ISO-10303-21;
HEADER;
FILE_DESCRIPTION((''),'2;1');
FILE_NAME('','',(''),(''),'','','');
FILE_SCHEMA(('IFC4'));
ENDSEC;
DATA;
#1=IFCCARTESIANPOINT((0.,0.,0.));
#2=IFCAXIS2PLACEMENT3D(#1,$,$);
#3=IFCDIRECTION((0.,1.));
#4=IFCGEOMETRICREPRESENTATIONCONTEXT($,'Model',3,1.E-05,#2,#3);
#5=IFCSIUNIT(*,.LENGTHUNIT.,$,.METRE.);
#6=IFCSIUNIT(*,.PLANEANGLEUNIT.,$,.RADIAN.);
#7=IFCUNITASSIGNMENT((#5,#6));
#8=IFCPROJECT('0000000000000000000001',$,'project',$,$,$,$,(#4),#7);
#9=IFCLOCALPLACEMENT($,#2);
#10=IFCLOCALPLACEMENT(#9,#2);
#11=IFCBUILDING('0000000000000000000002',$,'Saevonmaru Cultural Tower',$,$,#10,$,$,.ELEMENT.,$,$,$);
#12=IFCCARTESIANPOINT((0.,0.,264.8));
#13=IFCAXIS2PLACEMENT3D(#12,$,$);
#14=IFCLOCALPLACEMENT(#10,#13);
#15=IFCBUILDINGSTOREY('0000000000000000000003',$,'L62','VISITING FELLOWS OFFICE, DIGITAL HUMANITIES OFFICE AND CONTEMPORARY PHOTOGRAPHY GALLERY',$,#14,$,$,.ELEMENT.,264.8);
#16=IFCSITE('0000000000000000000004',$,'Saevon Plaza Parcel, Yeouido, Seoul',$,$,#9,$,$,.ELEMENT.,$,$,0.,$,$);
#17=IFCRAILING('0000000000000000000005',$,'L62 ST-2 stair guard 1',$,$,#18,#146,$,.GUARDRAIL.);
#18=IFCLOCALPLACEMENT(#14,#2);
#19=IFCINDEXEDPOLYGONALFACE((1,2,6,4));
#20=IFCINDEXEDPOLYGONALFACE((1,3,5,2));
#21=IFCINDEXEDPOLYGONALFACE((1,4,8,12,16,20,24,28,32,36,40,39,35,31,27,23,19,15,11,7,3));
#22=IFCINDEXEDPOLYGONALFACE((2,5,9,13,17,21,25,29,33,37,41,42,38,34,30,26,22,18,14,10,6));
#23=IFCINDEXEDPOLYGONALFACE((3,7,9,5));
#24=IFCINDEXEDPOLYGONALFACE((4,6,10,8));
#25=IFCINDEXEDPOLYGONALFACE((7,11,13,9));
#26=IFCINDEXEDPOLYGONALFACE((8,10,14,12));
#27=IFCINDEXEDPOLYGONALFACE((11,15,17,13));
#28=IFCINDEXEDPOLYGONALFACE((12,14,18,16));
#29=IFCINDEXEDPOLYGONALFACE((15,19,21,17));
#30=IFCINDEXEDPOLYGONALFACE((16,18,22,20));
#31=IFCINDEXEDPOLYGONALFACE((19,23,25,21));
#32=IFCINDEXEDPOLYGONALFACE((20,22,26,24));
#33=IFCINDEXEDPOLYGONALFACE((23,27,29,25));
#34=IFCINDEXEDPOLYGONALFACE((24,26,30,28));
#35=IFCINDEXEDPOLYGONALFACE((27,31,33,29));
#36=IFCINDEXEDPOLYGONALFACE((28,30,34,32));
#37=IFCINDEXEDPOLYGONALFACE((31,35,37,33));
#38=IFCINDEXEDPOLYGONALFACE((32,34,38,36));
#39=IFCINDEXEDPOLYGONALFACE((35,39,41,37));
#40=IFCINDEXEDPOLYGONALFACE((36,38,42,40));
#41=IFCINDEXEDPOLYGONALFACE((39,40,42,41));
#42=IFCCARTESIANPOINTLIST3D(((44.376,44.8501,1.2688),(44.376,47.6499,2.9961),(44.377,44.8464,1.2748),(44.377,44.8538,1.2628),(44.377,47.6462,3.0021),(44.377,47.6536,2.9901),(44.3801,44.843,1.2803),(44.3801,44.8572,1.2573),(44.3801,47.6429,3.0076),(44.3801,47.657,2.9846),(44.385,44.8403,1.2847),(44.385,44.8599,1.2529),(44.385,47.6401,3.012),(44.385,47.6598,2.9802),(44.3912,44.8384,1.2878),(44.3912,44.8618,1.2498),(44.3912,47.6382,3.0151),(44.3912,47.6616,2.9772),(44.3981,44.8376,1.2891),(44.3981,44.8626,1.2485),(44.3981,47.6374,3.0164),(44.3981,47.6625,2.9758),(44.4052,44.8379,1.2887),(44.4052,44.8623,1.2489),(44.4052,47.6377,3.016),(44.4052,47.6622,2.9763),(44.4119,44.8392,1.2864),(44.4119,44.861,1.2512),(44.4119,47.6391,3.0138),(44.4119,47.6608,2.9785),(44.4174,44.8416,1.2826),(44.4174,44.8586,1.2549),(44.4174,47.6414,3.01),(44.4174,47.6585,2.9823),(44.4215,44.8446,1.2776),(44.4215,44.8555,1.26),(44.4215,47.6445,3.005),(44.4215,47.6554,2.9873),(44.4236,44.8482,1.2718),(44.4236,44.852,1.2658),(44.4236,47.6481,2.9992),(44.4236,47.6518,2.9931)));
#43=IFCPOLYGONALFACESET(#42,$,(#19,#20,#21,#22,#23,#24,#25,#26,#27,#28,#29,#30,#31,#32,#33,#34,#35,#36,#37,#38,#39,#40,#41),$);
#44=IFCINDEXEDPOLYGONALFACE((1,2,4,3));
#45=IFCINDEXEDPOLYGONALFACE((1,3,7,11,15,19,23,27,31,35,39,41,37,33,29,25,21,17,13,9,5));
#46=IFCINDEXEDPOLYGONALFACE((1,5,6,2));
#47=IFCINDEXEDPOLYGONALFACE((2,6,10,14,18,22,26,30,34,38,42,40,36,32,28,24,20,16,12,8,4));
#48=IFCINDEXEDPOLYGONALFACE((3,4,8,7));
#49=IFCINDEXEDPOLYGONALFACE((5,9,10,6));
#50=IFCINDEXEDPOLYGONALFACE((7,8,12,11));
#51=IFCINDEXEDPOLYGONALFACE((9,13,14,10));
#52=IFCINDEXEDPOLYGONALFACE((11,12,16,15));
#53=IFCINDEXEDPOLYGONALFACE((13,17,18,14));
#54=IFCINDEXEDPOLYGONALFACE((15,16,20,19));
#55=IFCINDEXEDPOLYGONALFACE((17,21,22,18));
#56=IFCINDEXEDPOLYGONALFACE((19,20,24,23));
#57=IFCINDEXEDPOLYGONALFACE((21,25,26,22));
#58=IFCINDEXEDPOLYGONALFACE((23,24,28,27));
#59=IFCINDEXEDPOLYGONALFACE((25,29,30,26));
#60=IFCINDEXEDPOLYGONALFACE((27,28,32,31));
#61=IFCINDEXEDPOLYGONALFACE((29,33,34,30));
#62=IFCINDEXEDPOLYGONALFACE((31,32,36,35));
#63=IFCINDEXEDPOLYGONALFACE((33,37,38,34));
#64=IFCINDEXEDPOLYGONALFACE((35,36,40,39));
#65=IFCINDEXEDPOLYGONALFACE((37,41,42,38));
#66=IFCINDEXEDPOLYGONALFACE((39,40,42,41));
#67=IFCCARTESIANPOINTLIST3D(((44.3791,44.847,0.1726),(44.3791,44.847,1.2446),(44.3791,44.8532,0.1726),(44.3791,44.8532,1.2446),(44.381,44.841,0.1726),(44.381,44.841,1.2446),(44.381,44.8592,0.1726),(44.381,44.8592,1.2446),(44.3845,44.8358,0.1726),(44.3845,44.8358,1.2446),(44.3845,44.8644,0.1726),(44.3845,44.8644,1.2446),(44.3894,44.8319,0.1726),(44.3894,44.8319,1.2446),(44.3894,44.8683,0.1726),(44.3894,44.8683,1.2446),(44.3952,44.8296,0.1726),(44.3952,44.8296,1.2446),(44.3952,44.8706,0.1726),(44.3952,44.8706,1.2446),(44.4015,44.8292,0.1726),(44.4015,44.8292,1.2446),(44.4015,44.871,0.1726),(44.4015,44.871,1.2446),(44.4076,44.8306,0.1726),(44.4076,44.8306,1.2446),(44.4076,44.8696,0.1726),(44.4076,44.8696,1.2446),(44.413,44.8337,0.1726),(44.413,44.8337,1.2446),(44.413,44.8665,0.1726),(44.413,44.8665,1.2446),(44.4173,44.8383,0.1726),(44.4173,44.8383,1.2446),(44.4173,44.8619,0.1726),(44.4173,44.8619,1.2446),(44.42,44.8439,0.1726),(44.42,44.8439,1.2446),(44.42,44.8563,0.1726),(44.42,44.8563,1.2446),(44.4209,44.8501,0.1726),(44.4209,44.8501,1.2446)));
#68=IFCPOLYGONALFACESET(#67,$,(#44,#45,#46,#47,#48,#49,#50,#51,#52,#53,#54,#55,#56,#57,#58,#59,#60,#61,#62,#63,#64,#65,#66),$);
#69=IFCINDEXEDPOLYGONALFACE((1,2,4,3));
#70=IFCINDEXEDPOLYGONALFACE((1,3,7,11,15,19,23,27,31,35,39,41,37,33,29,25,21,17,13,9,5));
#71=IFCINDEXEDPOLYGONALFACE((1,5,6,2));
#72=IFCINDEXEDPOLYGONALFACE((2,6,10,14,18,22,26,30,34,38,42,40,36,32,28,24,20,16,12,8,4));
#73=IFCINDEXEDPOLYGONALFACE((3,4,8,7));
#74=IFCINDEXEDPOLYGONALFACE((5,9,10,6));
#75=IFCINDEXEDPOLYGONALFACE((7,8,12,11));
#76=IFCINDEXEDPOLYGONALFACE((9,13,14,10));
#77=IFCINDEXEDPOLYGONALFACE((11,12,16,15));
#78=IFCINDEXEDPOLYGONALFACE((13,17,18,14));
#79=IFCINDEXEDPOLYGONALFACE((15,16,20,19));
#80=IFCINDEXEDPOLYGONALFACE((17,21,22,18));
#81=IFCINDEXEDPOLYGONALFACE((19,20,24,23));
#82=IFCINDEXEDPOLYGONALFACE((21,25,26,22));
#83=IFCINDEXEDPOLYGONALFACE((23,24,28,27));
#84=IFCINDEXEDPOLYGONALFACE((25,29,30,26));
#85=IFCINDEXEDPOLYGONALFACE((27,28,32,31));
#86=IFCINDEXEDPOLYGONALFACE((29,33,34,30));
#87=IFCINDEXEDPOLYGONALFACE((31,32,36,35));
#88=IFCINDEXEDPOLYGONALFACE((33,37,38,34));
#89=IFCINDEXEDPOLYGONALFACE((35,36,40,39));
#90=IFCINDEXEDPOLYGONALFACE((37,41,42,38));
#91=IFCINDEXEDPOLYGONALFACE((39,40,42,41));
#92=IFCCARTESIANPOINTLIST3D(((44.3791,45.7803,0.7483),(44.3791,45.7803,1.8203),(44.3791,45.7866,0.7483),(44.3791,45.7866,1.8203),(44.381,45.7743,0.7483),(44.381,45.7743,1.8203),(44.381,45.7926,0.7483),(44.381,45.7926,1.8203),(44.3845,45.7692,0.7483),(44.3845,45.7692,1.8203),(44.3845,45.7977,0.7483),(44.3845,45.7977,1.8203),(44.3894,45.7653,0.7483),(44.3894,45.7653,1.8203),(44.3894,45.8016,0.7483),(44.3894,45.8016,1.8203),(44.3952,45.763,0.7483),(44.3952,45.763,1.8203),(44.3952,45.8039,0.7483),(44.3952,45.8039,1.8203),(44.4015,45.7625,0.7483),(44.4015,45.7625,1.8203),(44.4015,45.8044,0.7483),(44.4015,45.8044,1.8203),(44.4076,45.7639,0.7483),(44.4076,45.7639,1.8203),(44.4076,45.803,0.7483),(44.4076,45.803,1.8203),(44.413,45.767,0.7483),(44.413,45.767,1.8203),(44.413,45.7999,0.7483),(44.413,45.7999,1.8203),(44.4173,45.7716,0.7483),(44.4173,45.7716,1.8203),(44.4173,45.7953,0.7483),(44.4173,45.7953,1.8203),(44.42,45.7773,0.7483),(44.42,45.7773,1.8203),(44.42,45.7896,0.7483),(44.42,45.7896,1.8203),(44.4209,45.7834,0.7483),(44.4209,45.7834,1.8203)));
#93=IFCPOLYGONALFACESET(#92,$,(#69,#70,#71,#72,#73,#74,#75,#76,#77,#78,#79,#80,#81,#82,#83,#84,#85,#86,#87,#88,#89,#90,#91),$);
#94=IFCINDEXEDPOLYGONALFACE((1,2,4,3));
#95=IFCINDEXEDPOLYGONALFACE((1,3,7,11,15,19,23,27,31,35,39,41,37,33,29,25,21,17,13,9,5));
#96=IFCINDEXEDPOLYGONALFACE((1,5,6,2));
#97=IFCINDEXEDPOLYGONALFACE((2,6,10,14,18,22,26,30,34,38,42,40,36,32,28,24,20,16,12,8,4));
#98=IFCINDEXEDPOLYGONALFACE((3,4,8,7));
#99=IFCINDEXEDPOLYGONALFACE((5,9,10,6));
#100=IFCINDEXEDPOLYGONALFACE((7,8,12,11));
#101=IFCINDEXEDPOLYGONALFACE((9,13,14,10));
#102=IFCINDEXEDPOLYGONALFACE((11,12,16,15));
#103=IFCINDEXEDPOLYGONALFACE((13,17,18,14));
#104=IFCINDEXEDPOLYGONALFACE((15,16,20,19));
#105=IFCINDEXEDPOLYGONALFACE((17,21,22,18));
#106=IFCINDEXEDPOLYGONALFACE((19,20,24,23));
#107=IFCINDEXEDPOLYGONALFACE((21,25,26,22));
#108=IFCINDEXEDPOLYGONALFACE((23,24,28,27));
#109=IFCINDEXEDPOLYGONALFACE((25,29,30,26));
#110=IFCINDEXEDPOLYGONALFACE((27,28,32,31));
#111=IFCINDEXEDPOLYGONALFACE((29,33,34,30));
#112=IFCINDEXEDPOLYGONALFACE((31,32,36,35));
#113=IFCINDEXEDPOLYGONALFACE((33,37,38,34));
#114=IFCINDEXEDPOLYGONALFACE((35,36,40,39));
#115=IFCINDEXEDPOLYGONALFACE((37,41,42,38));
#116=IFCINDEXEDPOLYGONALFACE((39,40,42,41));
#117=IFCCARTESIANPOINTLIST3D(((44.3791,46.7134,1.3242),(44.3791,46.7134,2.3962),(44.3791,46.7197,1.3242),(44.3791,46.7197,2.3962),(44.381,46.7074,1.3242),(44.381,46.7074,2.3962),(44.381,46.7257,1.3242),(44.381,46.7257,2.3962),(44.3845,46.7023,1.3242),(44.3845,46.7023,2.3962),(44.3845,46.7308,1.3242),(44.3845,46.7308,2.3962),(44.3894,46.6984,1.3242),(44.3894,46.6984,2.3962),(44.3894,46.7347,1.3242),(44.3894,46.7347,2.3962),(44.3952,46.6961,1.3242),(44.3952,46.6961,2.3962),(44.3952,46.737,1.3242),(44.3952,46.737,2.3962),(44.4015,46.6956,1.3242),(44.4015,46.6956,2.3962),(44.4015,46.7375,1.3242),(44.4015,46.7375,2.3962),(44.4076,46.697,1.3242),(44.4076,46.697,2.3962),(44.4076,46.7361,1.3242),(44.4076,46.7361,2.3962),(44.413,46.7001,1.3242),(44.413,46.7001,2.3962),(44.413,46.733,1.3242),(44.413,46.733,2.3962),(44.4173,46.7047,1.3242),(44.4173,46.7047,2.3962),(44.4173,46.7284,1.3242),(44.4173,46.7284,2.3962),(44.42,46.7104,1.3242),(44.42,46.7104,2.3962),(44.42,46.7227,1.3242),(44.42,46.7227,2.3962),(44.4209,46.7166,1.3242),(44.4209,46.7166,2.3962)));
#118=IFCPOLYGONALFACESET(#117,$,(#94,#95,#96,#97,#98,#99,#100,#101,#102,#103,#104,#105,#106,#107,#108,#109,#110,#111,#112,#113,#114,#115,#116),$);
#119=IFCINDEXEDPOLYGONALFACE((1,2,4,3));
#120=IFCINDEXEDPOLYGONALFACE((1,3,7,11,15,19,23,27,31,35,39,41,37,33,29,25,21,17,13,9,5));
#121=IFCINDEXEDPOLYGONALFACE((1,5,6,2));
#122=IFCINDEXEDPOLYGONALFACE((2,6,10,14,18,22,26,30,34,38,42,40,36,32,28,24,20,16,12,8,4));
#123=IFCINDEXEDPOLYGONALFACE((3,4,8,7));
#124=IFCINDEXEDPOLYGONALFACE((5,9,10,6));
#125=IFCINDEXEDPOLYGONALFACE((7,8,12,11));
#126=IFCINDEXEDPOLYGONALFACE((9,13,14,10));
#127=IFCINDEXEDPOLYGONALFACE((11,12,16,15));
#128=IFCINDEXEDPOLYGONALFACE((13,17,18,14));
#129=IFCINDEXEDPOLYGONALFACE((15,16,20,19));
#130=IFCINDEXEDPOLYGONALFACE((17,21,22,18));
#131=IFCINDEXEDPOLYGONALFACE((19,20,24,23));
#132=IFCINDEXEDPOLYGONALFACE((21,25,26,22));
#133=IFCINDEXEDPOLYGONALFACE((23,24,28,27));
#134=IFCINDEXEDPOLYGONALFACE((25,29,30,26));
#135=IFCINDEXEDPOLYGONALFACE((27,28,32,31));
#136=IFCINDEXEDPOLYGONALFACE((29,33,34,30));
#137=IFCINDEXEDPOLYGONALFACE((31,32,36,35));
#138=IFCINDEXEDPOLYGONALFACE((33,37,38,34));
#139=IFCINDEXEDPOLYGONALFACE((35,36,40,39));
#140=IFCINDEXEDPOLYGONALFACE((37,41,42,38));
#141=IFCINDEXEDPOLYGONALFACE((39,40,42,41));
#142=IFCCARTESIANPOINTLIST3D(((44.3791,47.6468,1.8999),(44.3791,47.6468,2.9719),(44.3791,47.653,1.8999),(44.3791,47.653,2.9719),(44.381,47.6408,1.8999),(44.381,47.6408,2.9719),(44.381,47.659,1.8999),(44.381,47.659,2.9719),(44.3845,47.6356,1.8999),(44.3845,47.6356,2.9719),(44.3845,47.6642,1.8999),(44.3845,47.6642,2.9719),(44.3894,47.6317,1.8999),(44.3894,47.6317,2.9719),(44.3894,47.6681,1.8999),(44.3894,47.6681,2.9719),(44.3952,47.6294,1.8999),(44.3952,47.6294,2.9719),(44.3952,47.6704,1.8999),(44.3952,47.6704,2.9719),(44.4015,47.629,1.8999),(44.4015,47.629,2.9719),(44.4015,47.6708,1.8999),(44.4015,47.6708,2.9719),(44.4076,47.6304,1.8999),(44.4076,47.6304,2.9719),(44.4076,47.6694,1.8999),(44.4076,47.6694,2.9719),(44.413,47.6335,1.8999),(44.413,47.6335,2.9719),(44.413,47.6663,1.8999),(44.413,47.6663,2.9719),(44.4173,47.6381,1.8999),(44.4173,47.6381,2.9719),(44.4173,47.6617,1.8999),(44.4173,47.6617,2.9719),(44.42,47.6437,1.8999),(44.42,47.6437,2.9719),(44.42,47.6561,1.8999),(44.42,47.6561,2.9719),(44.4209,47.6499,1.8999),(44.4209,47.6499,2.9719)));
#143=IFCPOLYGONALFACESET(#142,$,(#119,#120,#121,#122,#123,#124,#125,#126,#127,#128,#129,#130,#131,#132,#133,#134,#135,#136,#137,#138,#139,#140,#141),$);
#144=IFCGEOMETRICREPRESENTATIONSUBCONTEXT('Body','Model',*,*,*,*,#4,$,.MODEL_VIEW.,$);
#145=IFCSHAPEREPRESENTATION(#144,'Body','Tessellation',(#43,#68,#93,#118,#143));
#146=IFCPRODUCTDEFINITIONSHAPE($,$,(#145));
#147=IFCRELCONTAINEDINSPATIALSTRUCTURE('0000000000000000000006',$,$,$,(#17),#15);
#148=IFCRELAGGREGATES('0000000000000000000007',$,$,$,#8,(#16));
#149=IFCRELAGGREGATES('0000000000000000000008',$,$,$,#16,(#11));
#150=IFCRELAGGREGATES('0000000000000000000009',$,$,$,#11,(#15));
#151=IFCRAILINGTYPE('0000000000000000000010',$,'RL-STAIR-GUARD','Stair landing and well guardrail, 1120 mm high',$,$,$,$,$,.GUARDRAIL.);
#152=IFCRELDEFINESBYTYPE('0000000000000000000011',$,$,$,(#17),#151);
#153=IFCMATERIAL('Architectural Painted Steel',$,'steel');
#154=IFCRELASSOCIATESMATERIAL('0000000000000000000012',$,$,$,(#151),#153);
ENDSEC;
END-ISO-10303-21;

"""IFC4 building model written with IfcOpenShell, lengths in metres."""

from ifc_helpers import new_model, si_unit, direction, frame, origin, origin_2d, place, context, subcontext, project, spatial, circle, extrude, material, type_object, element, save


model = new_model("IFC4")

# Units and contexts
model_context = context("Model", 3, precision=1e-05, world=origin(), true_north=direction((0.0, 1.0)))
body_context = subcontext(model_context, "Body", "Model", "MODEL_VIEW")
ifc_project = project(units=[si_unit("LENGTHUNIT", "METRE"), si_unit("PLANEANGLEUNIT", "RADIAN")], contexts=[model_context])

# Site, building, storey
site_placement = place(None, origin())
site = spatial("IfcSite", under=ifc_project, at=site_placement, Name="Saevon Plaza Parcel, Yeouido, Seoul", CompositionType="ELEMENT", RefElevation=0.0)
building_placement = place(site_placement, origin())
building = spatial("IfcBuilding", under=site, at=building_placement, Name="Saevonmaru Cultural Tower", CompositionType="ELEMENT")
storey_placement = place(building_placement, frame((0.0, 0.0, 264.8)))
storey = spatial("IfcBuildingStorey", under=building, at=storey_placement, Name="L62", Description="VISITING FELLOWS OFFICE, DIGITAL HUMANITIES OFFICE AND CONTEMPORARY PHOTOGRAPHY GALLERY", CompositionType="ELEMENT", Elevation=264.8)

# Railing
ifc_material_1 = material(Name="Architectural Painted Steel", Category="steel")
railing_type_1 = type_object("IfcRailingType", Name="RL-STAIR-GUARD", Description="Stair landing and well guardrail, 1120 mm high", PredefinedType="GUARDRAIL", material=ifc_material_1)
railing_1_placement = place(storey_placement, frame((44.3999, 44.8501, 0.1726)))
element("IfcRailing", 1, at=railing_1_placement, inside=storey, type_object=railing_type_1, Name="L62 ST-2 stair guard 1", PredefinedType="GUARDRAIL", context=body_context, shape_type="SweptSolid", body=[
    extrude(circle(Radius=0.0239, at=origin_2d()), frame((0.0, 0.0, 1.0962), z_axis=(0.0, 0.851069, 0.525054), x_axis=(-1.0, 0.0, 0.0)), (0.0, 0.0, 1.0), 3.2898),
    extrude(circle(Radius=0.021, at=origin_2d()), origin(), (0.0, 0.0, 1.0), 1.072),
    extrude(circle(Radius=0.021, at=origin_2d()), frame((0.0, 0.9333, 0.5757)), (0.0, 0.0, 1.0), 1.072),
    extrude(circle(Radius=0.021, at=origin_2d()), frame((0.0, 1.8665, 1.1516)), (0.0, 0.0, 1.0), 1.072),
    extrude(circle(Radius=0.021, at=origin_2d()), frame((0.0, 2.7998, 1.7273)), (0.0, 0.0, 1.0), 1.072),
])

save(model, "model.ifc")
